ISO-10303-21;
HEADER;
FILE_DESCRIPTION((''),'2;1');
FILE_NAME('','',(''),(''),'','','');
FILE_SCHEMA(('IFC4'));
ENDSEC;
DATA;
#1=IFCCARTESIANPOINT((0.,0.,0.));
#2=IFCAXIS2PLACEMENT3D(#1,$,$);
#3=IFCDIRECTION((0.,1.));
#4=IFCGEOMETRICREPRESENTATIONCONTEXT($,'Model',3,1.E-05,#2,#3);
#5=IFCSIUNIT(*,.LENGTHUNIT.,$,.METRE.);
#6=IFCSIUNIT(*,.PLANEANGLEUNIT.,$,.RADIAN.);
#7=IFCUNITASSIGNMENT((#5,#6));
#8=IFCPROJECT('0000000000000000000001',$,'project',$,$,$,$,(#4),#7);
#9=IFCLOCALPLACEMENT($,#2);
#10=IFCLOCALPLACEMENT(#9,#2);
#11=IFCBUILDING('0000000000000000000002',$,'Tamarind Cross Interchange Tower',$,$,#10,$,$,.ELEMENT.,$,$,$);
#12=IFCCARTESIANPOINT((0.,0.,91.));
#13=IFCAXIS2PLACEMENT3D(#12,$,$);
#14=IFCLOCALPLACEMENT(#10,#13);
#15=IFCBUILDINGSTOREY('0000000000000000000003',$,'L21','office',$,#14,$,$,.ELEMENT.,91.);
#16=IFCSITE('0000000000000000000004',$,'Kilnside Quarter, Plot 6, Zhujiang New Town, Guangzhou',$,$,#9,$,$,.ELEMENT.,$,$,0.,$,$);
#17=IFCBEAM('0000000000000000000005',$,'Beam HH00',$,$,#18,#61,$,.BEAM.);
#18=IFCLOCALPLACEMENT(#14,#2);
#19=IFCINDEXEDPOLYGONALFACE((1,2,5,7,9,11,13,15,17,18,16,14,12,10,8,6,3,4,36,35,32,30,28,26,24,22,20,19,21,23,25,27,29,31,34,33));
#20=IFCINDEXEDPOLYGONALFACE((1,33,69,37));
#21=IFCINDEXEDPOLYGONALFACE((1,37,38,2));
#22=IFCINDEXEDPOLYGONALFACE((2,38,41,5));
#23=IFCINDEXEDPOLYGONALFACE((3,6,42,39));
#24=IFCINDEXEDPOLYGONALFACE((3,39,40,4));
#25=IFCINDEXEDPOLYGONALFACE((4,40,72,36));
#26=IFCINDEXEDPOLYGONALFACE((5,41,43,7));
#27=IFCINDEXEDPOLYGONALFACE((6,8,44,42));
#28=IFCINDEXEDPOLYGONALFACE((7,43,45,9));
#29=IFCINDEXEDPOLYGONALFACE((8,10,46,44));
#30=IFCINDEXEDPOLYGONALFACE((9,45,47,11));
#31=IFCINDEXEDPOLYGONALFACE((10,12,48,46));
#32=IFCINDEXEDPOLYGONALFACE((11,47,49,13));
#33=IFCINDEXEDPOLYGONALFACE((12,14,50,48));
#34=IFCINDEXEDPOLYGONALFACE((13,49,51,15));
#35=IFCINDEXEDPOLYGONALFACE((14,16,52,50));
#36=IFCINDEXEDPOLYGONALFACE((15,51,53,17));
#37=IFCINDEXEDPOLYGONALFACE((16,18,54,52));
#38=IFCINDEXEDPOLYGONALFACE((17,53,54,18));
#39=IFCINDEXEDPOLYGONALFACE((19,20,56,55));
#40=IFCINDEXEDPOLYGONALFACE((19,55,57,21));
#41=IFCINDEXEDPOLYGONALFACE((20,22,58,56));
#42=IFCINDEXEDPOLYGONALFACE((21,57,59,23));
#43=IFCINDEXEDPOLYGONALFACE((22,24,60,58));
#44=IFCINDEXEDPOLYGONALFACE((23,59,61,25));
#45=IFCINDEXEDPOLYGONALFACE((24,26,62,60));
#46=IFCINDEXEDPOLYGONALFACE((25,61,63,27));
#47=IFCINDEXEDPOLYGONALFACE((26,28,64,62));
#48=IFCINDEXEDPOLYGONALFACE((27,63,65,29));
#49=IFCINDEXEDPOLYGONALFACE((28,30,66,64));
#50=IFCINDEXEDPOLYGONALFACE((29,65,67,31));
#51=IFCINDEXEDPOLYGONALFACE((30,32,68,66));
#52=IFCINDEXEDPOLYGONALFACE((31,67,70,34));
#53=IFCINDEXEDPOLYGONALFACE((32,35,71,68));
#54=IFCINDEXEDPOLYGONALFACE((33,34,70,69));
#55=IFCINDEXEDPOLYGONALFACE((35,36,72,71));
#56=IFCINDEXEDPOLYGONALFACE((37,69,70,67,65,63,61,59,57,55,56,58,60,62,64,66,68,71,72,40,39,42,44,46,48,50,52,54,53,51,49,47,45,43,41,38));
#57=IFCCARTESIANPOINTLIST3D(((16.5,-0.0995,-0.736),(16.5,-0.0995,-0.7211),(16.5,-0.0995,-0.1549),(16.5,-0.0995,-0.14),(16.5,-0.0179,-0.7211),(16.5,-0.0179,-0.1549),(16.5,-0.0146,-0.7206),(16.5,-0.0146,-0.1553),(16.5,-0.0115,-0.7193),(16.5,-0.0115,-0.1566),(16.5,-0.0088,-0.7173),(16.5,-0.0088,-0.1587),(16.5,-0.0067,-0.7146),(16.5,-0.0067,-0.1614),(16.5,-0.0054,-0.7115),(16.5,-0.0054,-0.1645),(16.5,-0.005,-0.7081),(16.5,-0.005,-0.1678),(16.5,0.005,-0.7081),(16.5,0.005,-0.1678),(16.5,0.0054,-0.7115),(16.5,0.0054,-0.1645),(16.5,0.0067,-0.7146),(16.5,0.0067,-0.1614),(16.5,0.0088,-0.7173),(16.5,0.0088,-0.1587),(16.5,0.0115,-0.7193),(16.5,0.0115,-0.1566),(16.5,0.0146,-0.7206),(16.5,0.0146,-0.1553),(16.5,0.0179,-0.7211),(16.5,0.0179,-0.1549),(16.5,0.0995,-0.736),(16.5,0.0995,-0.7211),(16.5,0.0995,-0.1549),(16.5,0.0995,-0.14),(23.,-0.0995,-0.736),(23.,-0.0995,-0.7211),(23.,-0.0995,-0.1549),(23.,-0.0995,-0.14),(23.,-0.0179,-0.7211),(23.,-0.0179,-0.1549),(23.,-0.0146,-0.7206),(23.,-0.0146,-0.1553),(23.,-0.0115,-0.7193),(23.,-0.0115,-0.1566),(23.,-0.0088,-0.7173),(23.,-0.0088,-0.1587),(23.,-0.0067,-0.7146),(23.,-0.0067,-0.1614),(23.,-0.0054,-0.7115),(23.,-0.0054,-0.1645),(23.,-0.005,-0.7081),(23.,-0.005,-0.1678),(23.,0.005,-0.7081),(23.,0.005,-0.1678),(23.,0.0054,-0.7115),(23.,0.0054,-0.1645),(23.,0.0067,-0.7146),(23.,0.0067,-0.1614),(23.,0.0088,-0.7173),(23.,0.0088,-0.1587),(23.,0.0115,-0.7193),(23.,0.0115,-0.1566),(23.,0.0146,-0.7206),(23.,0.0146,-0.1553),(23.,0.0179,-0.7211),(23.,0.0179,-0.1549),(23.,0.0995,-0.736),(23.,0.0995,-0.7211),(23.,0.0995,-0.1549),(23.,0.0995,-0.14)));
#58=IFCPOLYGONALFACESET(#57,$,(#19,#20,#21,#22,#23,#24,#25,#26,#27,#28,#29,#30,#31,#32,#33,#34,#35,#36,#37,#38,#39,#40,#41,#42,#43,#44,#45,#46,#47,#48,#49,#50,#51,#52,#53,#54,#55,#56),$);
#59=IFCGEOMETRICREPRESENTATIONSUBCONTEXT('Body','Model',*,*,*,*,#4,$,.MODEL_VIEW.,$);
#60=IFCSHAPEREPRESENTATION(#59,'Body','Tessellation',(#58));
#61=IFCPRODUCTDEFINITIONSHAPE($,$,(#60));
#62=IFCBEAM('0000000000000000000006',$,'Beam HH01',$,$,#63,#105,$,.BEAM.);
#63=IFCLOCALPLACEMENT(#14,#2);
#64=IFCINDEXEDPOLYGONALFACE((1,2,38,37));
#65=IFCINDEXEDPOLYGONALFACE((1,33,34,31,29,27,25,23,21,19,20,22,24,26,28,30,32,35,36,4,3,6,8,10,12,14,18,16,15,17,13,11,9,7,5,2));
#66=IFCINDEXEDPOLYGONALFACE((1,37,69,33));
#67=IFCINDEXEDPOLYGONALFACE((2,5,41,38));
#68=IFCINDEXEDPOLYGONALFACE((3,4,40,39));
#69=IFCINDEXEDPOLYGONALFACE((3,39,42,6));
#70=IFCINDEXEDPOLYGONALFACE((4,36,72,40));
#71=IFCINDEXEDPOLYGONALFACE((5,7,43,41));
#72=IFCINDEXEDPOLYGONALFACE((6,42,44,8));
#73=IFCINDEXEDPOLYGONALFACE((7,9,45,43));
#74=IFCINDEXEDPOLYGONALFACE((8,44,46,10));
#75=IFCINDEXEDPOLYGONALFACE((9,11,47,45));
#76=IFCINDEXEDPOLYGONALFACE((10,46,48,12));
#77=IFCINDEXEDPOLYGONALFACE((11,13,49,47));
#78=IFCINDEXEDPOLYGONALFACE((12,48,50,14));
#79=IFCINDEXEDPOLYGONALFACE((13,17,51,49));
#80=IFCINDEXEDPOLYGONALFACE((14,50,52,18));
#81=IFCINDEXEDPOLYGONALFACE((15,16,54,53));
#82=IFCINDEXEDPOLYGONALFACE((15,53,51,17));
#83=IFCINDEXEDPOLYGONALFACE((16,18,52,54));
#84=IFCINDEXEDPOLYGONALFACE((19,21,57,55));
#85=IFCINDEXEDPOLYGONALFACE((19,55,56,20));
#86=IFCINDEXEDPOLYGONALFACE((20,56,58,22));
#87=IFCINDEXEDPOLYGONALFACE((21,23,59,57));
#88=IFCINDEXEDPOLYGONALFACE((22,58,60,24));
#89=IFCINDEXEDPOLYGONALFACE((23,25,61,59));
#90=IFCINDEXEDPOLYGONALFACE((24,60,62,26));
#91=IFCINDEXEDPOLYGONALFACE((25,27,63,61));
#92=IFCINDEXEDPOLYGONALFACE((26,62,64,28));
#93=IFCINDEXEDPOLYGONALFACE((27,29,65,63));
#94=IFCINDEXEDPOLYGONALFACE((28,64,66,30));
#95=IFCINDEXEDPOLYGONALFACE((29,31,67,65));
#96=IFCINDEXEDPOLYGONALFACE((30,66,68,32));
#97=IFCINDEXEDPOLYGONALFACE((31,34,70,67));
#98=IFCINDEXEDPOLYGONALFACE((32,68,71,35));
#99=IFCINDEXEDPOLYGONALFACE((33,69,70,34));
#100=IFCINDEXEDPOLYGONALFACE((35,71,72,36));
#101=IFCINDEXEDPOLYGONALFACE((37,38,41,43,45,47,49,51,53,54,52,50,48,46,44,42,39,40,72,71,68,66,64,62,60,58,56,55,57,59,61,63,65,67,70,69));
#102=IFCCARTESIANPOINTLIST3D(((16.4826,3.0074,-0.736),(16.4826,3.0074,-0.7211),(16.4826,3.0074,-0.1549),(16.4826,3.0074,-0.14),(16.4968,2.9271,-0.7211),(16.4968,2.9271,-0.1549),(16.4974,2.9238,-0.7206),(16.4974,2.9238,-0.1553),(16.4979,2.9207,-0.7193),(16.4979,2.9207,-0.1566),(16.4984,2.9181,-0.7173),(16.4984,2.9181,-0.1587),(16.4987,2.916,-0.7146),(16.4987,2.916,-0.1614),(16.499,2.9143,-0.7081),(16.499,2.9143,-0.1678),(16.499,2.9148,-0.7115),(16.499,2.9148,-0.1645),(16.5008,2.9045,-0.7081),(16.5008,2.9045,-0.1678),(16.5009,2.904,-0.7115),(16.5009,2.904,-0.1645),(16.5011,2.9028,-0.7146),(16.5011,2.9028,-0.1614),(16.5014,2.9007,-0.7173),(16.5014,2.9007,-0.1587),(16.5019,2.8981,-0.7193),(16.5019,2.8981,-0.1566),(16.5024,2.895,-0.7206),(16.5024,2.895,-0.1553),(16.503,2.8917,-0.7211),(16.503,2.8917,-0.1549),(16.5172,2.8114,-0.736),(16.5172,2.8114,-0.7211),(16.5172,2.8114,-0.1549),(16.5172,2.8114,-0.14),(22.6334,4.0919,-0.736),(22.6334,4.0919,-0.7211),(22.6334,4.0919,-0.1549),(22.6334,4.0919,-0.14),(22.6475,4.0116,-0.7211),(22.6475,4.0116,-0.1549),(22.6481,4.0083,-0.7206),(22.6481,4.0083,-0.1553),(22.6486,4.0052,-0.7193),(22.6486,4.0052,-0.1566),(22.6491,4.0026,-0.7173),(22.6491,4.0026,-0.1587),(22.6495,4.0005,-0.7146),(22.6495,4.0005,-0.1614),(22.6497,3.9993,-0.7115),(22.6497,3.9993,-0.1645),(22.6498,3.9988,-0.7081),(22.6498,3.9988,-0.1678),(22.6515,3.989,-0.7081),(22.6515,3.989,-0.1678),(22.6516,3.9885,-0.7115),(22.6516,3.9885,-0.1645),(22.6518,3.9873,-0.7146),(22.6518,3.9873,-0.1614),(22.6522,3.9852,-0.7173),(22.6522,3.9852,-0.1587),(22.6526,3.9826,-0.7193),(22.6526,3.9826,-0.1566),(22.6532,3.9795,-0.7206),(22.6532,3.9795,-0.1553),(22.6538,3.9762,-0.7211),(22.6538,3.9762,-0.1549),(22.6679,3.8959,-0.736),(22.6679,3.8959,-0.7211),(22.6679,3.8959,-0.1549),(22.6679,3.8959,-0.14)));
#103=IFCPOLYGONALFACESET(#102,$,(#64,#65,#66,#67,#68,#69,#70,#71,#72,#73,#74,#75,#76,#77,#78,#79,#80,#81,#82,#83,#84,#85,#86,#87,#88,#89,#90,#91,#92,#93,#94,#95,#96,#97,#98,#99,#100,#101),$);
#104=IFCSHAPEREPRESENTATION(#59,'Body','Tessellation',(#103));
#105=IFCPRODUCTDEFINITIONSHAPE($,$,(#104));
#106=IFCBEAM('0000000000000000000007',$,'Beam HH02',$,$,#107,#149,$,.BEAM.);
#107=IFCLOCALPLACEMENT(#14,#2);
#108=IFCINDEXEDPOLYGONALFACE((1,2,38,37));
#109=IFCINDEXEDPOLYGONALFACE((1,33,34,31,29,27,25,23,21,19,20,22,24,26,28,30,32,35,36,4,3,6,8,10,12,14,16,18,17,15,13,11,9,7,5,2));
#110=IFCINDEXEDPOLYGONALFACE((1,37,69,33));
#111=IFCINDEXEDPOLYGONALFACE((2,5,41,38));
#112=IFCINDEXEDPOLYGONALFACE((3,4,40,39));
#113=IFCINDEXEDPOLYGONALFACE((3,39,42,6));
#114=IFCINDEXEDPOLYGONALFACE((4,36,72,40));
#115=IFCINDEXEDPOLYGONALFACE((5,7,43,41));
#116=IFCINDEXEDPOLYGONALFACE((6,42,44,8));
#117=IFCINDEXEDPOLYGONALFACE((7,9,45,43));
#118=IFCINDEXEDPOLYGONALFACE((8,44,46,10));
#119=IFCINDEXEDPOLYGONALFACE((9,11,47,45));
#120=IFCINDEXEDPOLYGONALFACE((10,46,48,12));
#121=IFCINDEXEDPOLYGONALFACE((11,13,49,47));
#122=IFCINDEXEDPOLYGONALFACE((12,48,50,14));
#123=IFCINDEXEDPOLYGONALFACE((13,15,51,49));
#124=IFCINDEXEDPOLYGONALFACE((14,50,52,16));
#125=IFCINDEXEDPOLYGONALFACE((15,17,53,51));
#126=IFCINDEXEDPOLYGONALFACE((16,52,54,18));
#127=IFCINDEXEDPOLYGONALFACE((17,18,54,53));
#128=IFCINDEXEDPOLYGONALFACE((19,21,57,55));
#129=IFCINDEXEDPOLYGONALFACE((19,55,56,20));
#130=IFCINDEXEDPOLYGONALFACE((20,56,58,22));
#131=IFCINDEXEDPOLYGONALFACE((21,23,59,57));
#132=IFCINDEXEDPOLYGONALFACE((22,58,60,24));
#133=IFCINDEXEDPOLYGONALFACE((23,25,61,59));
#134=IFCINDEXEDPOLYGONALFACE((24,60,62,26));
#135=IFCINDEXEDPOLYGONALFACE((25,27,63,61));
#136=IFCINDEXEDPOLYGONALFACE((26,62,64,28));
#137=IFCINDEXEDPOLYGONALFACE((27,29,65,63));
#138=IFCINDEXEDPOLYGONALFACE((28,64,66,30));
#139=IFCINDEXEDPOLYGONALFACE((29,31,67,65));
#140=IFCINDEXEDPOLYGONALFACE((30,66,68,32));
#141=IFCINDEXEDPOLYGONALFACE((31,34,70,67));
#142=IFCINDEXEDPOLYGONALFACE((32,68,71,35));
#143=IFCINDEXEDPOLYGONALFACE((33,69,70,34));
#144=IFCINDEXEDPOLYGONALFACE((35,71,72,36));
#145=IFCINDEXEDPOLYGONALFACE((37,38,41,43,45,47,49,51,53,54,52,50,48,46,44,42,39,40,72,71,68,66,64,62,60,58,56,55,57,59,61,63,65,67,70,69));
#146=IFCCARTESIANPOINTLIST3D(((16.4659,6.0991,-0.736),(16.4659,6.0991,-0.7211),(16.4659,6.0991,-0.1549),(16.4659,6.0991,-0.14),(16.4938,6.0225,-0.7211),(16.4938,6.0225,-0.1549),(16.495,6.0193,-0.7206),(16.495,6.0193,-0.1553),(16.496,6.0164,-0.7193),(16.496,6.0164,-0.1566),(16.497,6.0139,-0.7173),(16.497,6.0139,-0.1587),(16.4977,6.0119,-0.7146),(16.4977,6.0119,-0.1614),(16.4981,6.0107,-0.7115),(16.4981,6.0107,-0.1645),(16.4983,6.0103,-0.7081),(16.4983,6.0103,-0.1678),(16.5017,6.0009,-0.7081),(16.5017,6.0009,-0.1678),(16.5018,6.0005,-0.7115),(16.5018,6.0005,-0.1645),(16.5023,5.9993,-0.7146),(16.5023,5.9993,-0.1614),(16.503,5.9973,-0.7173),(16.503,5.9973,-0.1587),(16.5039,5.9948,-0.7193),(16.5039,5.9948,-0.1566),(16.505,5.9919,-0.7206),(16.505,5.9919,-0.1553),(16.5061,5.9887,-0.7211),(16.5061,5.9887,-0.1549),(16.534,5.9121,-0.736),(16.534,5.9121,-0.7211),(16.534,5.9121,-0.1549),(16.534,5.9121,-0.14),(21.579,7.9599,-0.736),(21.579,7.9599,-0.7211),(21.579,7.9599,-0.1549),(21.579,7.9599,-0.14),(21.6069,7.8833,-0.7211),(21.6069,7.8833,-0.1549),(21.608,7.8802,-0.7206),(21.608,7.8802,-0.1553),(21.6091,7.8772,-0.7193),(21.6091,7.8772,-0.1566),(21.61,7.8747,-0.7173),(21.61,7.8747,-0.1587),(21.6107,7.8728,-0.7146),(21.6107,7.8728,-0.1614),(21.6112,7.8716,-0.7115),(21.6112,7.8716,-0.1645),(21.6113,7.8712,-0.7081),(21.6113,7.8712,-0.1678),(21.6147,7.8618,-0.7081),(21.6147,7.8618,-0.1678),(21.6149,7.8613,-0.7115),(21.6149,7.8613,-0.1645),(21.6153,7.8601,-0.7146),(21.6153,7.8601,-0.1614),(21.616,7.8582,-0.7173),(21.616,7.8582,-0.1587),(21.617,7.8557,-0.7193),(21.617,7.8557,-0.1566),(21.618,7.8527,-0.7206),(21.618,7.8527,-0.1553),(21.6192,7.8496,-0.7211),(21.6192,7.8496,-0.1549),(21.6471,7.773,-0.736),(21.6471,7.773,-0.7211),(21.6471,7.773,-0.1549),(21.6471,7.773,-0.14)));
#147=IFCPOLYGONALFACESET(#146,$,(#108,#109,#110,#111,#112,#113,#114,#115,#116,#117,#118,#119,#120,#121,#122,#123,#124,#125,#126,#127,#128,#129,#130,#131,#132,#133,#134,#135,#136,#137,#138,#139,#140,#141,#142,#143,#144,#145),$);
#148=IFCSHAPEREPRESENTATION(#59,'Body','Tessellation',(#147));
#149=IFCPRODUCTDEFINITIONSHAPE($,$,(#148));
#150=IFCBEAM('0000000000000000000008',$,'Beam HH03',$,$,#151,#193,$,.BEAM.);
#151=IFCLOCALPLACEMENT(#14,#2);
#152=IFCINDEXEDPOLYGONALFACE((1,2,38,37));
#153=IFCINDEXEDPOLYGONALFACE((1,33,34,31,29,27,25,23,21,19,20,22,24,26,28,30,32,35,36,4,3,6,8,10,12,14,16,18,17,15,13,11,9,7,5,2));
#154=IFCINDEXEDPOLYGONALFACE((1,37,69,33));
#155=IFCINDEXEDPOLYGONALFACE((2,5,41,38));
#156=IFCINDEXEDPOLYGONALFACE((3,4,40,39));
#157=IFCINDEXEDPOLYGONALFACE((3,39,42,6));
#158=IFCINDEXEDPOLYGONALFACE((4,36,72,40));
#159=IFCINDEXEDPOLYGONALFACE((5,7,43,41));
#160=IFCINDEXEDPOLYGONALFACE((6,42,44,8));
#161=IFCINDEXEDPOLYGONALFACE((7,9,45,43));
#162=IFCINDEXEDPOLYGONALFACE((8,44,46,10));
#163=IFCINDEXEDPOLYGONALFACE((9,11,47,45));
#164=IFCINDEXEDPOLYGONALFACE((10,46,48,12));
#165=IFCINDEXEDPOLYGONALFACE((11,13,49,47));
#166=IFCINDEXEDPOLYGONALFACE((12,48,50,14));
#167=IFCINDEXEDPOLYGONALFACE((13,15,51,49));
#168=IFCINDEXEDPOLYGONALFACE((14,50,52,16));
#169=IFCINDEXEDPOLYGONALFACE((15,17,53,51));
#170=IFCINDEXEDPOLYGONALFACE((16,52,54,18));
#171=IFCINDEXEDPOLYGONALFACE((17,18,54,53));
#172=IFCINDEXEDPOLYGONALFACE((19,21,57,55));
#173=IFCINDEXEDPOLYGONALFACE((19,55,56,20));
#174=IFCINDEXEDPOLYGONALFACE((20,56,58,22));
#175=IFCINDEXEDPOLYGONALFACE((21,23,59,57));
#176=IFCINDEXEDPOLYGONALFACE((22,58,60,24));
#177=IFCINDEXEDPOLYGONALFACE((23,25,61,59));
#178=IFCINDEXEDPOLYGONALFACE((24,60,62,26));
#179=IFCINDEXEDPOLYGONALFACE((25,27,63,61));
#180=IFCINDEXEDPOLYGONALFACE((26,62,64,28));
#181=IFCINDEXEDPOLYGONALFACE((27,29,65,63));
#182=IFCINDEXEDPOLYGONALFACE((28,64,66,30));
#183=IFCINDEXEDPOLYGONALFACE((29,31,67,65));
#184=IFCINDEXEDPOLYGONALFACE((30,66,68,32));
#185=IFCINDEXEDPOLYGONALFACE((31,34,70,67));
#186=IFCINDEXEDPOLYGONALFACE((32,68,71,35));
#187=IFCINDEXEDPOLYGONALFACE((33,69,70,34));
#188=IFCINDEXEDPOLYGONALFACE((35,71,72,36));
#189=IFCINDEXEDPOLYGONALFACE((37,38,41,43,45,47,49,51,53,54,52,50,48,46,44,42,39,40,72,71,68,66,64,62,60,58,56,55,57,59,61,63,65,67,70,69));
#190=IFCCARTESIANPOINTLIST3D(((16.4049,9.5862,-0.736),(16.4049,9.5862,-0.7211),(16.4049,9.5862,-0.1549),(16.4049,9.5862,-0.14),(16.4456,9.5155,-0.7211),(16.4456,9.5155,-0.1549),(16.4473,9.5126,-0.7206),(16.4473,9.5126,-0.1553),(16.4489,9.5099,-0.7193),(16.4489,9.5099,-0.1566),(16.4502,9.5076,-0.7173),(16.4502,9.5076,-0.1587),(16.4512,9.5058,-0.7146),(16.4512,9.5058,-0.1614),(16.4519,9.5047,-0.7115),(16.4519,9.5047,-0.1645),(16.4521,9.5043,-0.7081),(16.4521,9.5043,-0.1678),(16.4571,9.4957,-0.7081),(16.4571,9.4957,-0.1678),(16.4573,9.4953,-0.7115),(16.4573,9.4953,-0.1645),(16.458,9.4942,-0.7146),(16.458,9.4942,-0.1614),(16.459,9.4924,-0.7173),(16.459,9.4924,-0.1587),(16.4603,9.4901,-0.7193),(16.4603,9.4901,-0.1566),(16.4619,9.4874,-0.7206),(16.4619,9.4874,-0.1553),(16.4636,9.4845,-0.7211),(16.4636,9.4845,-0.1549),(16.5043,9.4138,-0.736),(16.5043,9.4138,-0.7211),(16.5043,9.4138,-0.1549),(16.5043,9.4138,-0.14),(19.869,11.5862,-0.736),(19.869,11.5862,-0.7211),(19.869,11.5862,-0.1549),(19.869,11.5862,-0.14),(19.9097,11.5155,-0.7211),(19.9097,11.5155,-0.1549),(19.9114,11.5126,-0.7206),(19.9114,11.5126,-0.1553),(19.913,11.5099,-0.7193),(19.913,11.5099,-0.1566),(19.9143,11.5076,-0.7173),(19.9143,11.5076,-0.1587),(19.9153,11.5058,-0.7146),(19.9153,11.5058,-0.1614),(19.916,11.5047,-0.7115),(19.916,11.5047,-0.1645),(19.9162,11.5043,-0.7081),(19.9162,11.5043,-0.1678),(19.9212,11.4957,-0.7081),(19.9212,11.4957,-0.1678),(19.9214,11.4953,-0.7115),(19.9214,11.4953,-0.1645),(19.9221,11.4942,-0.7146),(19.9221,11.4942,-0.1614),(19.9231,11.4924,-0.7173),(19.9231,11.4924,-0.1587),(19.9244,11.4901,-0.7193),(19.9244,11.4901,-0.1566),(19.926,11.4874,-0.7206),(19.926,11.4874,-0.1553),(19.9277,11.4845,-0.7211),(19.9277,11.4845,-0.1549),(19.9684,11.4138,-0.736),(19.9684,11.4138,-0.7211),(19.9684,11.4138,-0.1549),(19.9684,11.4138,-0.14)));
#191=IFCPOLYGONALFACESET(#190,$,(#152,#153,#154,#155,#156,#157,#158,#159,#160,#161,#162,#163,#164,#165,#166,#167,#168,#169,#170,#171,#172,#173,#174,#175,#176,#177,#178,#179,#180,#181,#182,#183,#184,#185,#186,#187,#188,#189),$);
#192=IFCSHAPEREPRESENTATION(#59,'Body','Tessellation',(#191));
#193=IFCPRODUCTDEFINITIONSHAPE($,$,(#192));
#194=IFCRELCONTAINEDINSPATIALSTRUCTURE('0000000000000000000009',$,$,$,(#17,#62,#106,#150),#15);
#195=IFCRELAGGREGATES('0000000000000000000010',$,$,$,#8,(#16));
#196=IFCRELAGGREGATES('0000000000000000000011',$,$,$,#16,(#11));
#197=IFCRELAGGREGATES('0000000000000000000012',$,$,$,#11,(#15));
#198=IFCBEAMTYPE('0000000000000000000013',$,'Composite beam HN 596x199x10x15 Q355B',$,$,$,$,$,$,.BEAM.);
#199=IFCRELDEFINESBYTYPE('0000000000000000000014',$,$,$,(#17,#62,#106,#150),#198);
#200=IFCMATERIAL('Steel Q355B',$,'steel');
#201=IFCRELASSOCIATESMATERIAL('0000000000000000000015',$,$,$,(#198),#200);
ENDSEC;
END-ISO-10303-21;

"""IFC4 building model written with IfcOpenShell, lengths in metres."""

from ifc_helpers import new_model, si_unit, direction, frame, origin, origin_2d, place, context, subcontext, project, spatial, i_section, extrude, material, material_profile, profile_set, type_object, element, save


model = new_model("IFC4")

# Units and contexts
model_context = context("Model", 3, precision=1e-05, world=origin(), true_north=direction((0.0, 1.0)))
body_context = subcontext(model_context, "Body", "Model", "MODEL_VIEW")
ifc_project = project(units=[si_unit("LENGTHUNIT", "METRE"), si_unit("PLANEANGLEUNIT", "RADIAN")], contexts=[model_context])

# Site, building, storey
site_placement = place(None, origin())
site = spatial("IfcSite", under=ifc_project, at=site_placement, Name="Kilnside Quarter, Plot 6, Zhujiang New Town, Guangzhou", CompositionType="ELEMENT", RefElevation=0.0)
building_placement = place(site_placement, origin())
building = spatial("IfcBuilding", under=site, at=building_placement, Name="Tamarind Cross Interchange Tower", CompositionType="ELEMENT")
storey_placement = place(building_placement, frame((0.0, 0.0, 91.0)))
storey = spatial("IfcBuildingStorey", under=building, at=storey_placement, Name="L21", Description="office", CompositionType="ELEMENT", Elevation=91.0)

# Beams
ifc_material_1 = material(Name="Steel Q355B", Category="steel")
ifc_material_profile_1 = material_profile(ifc_material_1, i_section(OverallWidth=0.199, OverallDepth=0.5959, WebThickness=0.01, FlangeThickness=0.0149, FilletRadius=0.0129, at=origin_2d()), Name="HN 596x199x10x15")
ifc_profile_set_1 = profile_set([ifc_material_profile_1], Name="Steel Q355B")
beam_type = type_object("IfcBeamType", Name="Composite beam HN 596x199x10x15 Q355B", PredefinedType="BEAM", material=ifc_profile_set_1)
beam_1_placement = place(storey_placement, frame((23.0, 0.0, -0.438), z_axis=(-1.0, 0.0, 0.0), x_axis=(0.0, -1.0, 0.0)))
element("IfcBeam", 1, at=beam_1_placement, inside=storey, type_object=beam_type, Name="Beam HH00", PredefinedType="BEAM", context=body_context, shape_type="SweptSolid", body=[
    extrude(i_section(OverallWidth=0.199, OverallDepth=0.5959, WebThickness=0.01, FlangeThickness=0.0149, FilletRadius=0.0129, at=origin_2d()), origin(), (0.0, 0.0, 1.0), 6.5),
])
beam_2_placement = place(storey_placement, frame((22.6506, 3.9939, -0.438), z_axis=(-0.984809, -0.17364, 0.0), x_axis=(0.17364, -0.984809, 0.0)))
element("IfcBeam", 2, at=beam_2_placement, inside=storey, type_object=beam_type, Name="Beam HH01", PredefinedType="BEAM", context=body_context, shape_type="SweptSolid", body=[
    extrude(i_section(OverallWidth=0.199, OverallDepth=0.5959, WebThickness=0.01, FlangeThickness=0.0149, FilletRadius=0.0129, at=origin_2d()), origin(), (0.0, 0.0, 1.0), 6.2456),
])
beam_3_placement = place(storey_placement, frame((21.613, 7.8665, -0.438), z_axis=(-0.939702, -0.341995, 0.0), x_axis=(0.341995, -0.939702, 0.0)))
element("IfcBeam", 3, at=beam_3_placement, inside=storey, type_object=beam_type, Name="Beam HH02", PredefinedType="BEAM", context=body_context, shape_type="SweptSolid", body=[
    extrude(i_section(OverallWidth=0.199, OverallDepth=0.5959, WebThickness=0.01, FlangeThickness=0.0149, FilletRadius=0.0129, at=origin_2d()), origin(), (0.0, 0.0, 1.0), 5.4412),
])
beam_4_placement = place(storey_placement, frame((19.9187, 11.5, -0.438), z_axis=(-0.866026, -0.499999, 0.0), x_axis=(0.499999, -0.866026, 0.0)))
element("IfcBeam", 4, at=beam_4_placement, inside=storey, type_object=beam_type, Name="Beam HH03", PredefinedType="BEAM", context=body_context, shape_type="SweptSolid", body=[
    extrude(i_section(OverallWidth=0.199, OverallDepth=0.5959, WebThickness=0.01, FlangeThickness=0.0149, FilletRadius=0.0129, at=origin_2d()), origin(), (0.0, 0.0, 1.0), 4.0),
])

save(model, "model.ifc")
